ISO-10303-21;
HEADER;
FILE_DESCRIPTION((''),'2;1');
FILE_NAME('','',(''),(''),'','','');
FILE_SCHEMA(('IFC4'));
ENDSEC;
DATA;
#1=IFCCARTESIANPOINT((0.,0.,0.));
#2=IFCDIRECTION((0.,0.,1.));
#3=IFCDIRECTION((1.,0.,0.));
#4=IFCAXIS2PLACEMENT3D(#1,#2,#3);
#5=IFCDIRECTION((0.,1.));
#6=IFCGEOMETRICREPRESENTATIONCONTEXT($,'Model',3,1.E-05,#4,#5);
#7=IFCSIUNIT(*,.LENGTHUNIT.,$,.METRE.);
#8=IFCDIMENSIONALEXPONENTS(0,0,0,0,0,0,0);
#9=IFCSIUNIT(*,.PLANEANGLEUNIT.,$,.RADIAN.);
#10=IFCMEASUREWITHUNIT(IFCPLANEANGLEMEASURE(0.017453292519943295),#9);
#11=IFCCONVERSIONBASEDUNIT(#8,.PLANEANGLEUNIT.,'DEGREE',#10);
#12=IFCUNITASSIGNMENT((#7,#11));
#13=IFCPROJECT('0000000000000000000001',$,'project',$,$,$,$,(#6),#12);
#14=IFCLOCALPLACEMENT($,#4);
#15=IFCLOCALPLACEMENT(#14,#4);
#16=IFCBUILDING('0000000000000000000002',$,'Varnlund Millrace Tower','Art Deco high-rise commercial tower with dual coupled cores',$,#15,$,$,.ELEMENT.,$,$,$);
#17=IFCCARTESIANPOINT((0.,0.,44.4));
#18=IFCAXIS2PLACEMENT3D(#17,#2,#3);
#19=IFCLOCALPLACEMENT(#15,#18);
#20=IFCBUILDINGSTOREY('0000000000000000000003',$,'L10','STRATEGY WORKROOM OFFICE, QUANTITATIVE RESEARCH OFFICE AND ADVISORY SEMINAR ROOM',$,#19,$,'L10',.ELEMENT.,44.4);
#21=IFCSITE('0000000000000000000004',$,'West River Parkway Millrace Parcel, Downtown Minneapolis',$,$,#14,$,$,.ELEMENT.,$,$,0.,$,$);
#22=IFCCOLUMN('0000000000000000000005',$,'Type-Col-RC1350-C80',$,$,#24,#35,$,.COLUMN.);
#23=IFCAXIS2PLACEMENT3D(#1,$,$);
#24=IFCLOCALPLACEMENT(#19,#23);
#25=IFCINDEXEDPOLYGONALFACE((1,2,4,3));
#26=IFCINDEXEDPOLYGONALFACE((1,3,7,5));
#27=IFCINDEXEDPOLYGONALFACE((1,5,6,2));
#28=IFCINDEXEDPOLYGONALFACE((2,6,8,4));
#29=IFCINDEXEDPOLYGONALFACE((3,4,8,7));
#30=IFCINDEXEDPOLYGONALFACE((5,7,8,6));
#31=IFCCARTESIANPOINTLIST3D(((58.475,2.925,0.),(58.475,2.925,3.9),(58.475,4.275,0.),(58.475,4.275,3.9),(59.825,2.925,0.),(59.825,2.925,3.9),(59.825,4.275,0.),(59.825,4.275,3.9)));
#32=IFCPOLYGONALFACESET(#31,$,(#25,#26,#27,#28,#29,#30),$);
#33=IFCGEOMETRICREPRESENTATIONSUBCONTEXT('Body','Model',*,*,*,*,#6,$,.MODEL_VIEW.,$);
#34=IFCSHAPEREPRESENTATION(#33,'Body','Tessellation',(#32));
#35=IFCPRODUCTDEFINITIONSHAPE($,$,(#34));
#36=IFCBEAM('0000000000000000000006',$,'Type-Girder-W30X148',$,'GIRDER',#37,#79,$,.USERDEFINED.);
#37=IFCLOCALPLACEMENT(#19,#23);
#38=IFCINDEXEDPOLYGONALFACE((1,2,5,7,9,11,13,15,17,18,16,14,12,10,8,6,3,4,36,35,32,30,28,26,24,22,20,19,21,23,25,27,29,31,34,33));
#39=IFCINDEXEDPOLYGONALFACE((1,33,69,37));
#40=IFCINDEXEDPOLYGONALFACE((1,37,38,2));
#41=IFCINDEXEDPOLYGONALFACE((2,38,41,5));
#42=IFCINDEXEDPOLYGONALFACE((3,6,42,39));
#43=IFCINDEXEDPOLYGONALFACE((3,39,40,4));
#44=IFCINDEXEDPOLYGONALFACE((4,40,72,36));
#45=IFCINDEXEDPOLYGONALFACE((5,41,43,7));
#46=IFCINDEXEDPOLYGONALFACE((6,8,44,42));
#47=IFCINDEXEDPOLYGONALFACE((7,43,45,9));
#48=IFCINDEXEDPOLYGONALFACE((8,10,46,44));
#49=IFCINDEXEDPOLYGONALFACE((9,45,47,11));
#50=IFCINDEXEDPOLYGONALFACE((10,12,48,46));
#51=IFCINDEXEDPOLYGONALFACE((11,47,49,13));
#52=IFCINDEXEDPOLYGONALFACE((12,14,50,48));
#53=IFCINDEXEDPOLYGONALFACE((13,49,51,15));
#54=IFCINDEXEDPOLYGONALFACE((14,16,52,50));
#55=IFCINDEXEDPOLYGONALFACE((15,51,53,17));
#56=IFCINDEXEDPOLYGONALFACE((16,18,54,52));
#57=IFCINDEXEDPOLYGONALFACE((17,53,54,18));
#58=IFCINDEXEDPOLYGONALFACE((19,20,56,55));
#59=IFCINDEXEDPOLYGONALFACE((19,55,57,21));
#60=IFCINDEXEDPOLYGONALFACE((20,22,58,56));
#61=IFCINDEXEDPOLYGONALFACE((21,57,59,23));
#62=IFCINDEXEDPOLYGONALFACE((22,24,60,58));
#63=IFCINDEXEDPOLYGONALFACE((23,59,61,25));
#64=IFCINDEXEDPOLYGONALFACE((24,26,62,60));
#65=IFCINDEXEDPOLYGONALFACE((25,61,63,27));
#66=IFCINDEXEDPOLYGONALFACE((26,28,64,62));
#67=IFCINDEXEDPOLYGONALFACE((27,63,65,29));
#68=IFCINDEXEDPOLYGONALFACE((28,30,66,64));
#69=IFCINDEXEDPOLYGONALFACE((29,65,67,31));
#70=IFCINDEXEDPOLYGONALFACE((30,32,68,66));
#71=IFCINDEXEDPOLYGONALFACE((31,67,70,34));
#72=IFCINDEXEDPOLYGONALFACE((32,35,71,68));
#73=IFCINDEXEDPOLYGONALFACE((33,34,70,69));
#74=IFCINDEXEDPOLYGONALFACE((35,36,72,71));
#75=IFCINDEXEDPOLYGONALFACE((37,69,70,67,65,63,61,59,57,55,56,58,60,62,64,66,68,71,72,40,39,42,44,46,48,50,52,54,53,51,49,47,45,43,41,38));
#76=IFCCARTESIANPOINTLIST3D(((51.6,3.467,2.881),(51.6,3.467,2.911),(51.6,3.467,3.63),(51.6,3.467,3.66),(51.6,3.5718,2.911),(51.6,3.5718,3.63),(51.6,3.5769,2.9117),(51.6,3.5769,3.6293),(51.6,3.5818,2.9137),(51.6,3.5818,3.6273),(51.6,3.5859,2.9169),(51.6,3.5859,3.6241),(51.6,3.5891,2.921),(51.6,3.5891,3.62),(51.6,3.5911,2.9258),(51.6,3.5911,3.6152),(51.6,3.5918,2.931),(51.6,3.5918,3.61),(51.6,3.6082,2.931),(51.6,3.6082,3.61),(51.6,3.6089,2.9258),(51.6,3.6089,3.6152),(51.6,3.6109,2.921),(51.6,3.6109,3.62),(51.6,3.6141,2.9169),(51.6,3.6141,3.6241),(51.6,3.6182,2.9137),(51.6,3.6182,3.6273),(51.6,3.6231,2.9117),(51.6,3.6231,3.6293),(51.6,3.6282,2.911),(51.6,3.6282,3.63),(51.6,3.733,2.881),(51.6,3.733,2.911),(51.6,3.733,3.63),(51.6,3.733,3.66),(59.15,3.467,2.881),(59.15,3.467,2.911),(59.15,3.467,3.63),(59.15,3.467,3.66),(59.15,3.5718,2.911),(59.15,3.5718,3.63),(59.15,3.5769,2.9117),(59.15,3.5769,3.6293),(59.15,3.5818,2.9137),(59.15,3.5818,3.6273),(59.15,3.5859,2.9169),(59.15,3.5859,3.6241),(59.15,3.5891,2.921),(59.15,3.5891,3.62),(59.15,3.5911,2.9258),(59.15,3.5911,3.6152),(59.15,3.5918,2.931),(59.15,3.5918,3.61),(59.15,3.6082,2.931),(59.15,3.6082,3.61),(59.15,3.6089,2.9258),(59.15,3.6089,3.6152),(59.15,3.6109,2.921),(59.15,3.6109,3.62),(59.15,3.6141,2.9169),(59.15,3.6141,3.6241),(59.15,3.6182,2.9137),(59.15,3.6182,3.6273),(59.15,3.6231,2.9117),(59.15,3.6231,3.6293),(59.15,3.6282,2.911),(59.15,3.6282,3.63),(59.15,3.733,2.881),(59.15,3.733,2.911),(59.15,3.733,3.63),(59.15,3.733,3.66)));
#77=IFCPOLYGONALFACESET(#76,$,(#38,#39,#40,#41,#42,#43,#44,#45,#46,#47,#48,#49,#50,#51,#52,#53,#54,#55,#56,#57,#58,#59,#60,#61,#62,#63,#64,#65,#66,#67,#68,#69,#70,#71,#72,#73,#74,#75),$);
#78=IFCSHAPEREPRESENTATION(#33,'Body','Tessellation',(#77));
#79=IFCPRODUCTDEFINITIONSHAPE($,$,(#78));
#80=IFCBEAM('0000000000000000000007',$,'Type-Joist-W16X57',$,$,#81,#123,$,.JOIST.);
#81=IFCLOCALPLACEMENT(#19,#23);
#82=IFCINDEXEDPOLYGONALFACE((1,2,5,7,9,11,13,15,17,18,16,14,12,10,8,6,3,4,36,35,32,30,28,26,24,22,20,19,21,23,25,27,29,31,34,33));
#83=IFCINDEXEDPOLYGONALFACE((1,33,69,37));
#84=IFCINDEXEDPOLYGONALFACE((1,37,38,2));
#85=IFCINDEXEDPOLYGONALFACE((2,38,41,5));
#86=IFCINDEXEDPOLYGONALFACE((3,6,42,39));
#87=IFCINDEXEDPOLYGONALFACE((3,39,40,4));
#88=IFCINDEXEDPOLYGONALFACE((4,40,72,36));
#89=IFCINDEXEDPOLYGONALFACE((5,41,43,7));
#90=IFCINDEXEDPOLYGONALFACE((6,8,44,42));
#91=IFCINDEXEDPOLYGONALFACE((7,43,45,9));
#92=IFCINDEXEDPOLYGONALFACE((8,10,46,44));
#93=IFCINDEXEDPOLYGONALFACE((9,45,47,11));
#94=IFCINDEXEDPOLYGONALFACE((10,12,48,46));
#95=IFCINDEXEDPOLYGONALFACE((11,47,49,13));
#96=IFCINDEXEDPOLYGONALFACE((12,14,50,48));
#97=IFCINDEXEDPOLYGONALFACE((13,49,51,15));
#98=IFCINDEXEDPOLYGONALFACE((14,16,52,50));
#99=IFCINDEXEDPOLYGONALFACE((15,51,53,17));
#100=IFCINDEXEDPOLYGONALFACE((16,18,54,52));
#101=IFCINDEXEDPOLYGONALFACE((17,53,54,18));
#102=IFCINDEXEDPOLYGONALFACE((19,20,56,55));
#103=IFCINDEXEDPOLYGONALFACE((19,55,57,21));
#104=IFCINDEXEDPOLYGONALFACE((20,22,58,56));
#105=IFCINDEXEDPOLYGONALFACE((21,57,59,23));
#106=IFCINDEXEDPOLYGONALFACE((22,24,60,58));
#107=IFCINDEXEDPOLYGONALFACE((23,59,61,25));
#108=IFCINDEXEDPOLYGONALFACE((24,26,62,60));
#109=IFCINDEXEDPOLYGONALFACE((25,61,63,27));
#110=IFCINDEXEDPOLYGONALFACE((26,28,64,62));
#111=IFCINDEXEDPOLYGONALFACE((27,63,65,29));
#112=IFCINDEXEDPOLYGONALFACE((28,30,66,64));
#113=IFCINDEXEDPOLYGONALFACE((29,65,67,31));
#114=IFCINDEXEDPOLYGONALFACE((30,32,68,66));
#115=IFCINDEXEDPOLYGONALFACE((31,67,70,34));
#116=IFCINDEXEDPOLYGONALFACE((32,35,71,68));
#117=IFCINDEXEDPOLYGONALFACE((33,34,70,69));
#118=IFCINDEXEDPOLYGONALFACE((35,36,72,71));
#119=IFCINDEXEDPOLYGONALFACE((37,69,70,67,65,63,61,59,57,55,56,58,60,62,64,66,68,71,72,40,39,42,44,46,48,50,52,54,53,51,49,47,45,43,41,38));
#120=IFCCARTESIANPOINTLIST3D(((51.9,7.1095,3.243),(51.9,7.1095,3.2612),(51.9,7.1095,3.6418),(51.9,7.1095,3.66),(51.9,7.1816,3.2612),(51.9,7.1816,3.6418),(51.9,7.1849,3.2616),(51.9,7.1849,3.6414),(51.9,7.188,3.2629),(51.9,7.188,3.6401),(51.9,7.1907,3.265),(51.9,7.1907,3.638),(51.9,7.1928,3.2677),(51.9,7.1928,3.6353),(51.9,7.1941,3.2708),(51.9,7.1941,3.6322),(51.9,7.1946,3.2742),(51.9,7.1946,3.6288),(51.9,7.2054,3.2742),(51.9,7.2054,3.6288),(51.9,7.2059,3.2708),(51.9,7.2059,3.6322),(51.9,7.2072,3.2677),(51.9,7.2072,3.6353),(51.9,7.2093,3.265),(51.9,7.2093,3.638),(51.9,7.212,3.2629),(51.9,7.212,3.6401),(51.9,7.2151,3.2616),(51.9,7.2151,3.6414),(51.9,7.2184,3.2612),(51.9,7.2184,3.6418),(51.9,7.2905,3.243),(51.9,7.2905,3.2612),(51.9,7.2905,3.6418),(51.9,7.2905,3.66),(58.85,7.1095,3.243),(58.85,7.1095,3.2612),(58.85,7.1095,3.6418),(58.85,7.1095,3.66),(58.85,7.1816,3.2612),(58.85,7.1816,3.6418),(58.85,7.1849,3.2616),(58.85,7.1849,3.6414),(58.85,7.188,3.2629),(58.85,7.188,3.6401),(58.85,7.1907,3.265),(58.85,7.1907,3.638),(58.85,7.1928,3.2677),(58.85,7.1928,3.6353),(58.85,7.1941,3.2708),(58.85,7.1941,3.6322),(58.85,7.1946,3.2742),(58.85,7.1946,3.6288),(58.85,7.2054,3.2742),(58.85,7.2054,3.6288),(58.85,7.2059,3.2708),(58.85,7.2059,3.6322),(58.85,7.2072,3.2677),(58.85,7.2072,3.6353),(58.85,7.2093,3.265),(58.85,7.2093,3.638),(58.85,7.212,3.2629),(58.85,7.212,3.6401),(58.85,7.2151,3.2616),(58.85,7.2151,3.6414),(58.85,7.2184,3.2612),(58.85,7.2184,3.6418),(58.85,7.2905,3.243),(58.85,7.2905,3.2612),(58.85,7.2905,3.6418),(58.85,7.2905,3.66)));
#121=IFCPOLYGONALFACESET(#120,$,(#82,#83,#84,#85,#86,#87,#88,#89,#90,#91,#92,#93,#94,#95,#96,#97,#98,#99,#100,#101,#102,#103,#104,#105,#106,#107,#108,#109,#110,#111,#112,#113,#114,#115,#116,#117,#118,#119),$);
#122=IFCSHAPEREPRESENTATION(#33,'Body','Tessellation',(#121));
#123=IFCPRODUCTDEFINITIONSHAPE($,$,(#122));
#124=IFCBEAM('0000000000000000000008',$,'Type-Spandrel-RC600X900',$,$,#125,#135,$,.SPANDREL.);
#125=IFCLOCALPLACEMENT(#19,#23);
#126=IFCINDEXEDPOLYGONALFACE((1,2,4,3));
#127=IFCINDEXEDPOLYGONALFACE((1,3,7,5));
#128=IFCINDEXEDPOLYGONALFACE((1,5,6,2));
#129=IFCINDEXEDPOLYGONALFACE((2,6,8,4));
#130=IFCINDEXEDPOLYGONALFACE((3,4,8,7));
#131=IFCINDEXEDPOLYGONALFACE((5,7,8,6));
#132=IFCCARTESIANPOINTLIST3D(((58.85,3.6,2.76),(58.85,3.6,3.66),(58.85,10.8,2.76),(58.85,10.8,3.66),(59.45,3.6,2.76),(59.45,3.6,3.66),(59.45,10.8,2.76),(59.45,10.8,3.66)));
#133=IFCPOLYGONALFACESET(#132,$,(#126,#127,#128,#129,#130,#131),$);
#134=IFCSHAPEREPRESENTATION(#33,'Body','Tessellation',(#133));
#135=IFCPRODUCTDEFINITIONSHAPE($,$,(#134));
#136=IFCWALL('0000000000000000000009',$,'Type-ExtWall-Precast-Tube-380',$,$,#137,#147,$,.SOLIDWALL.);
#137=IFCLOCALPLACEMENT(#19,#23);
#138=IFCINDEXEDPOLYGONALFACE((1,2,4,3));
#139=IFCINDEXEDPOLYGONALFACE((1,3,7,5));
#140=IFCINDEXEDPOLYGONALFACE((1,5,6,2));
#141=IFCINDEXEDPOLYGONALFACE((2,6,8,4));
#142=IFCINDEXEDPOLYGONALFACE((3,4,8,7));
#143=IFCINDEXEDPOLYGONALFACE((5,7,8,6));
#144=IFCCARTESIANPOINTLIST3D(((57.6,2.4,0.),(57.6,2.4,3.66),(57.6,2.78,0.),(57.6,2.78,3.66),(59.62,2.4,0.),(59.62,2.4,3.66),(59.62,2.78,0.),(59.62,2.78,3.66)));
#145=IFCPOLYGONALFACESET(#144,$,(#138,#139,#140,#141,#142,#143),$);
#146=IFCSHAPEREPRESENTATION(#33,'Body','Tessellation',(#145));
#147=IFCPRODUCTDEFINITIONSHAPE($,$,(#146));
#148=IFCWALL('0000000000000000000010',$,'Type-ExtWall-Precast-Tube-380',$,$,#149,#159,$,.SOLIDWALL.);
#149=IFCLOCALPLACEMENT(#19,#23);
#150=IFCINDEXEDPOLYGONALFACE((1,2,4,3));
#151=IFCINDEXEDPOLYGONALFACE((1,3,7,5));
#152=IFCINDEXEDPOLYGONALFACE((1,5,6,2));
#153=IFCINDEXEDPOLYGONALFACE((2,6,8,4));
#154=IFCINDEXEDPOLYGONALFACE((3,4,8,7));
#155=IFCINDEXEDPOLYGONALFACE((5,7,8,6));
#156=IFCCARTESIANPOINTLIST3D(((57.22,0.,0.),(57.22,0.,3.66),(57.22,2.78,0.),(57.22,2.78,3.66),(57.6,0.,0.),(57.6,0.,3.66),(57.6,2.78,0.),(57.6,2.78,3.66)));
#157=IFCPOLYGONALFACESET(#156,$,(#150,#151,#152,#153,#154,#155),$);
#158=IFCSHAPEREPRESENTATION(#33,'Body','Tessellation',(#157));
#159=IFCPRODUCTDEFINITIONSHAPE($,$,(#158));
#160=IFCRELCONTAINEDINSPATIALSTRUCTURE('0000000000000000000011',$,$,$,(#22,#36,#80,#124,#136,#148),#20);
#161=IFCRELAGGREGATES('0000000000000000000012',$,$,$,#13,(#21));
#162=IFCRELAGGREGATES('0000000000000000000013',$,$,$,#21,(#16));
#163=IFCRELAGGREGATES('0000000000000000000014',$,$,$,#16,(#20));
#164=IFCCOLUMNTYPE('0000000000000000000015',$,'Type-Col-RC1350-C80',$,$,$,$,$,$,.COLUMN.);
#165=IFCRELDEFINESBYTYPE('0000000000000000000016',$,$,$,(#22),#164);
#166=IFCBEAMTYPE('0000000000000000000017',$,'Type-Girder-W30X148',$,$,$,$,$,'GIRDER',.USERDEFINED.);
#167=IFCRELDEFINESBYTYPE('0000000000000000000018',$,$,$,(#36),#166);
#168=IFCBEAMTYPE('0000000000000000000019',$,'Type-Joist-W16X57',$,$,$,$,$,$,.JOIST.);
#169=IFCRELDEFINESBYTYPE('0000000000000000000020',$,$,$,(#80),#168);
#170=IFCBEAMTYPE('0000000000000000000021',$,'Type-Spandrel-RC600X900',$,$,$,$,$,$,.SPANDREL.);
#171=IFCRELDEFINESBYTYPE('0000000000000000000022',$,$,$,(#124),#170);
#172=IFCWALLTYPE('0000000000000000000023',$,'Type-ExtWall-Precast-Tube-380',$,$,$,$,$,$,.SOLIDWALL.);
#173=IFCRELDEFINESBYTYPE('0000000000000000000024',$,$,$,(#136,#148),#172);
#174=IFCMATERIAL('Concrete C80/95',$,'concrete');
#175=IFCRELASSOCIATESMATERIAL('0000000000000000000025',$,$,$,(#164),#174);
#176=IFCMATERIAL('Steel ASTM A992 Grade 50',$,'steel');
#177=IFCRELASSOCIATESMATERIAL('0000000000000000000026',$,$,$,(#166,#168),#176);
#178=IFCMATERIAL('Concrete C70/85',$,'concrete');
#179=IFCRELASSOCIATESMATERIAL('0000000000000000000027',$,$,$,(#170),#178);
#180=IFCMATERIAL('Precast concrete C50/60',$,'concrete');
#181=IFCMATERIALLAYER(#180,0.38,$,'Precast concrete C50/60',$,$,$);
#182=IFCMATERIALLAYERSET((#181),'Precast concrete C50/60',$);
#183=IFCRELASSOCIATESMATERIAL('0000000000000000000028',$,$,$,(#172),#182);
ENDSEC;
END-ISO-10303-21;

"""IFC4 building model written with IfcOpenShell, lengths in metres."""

from ifc_helpers import new_model, entity, si_unit, converted_unit, direction, frame, origin_with_axes, origin_2d_with_axis, place, context, subcontext, project, spatial, polyline, rectangle, i_section, outline, extrude, material, layer, layer_set, material_profile, profile_set, type_object, element, save


model = new_model("IFC4")

# Units and contexts
model_context = context("Model", 3, precision=1e-05, world=origin_with_axes(), true_north=direction((0.0, 1.0)))
body_context = subcontext(model_context, "Body", "Model", "MODEL_VIEW")
ifc_project = project(units=[si_unit("LENGTHUNIT", "METRE"), converted_unit("PLANEANGLEUNIT", "DEGREE", entity("IfcPlaneAngleMeasure", 0.017453292519943295), si_unit("PLANEANGLEUNIT", "RADIAN"), dimensions=[0, 0, 0, 0, 0, 0, 0])], contexts=[model_context])

# Site, building, storey
site_placement = place(None, origin_with_axes())
site = spatial("IfcSite", under=ifc_project, at=site_placement, Name="West River Parkway Millrace Parcel, Downtown Minneapolis", CompositionType="ELEMENT", RefElevation=0.0)
building_placement = place(site_placement, origin_with_axes())
building = spatial("IfcBuilding", under=site, at=building_placement, Name="Varnlund Millrace Tower", Description="Art Deco high-rise commercial tower with dual coupled cores", CompositionType="ELEMENT")
storey_placement = place(building_placement, frame((0.0, 0.0, 44.4), z_axis=(0.0, 0.0, 1.0), x_axis=(1.0, 0.0, 0.0)))
storey = spatial("IfcBuildingStorey", under=building, at=storey_placement, Name="L10", Description="STRATEGY WORKROOM OFFICE, QUANTITATIVE RESEARCH OFFICE AND ADVISORY SEMINAR ROOM", LongName="L10", CompositionType="ELEMENT", Elevation=44.4)

# Column
ifc_material_1 = material(Name="Concrete C80/95", Category="concrete")
ifc_material_profile_1 = material_profile(ifc_material_1, rectangle(XDim=1.35, YDim=1.35, at=origin_2d_with_axis()), Name="Concrete C80/95")
ifc_profile_set_1 = profile_set([ifc_material_profile_1], Name="Concrete C80/95")
column_type = type_object("IfcColumnType", Name="Type-Col-RC1350-C80", PredefinedType="COLUMN", material=ifc_profile_set_1)
column_placement = place(storey_placement, frame((59.15, 3.6, 0.0), z_axis=(0.0, 0.0, 1.0), x_axis=(1.0, 0.0, 0.0)))
element("IfcColumn", 1, at=column_placement, inside=storey, type_object=column_type, Name="Type-Col-RC1350-C80", PredefinedType="COLUMN", context=body_context, shape_type="SweptSolid", body=[
    extrude(rectangle(XDim=1.35, YDim=1.35, at=origin_2d_with_axis()), origin_with_axes(), (0.0, 0.0, 1.0), 3.9),
])

# Beams
ifc_material_2 = material(Name="Steel ASTM A992 Grade 50", Category="steel")
ifc_material_profile_2 = material_profile(ifc_material_2, i_section(OverallWidth=0.266, OverallDepth=0.779, WebThickness=0.0165, FlangeThickness=0.03, FilletRadius=0.02, at=origin_2d_with_axis()), Name="Steel ASTM A992 Grade 50")
ifc_profile_set_2 = profile_set([ifc_material_profile_2], Name="Steel ASTM A992 Grade 50")
beam_type_1 = type_object("IfcBeamType", Name="Type-Girder-W30X148", ElementType="GIRDER", PredefinedType="USERDEFINED", material=ifc_profile_set_2)
beam_1_placement = place(storey_placement, frame((51.6, 3.6, 3.2705), z_axis=(1.0, 0.0, 0.0), x_axis=(0.0, 1.0, 0.0)))
element("IfcBeam", 2, at=beam_1_placement, inside=storey, type_object=beam_type_1, Name="Type-Girder-W30X148", ObjectType="GIRDER", PredefinedType="USERDEFINED", context=body_context, shape_type="SweptSolid", body=[
    extrude(i_section(OverallWidth=0.266, OverallDepth=0.779, WebThickness=0.0165, FlangeThickness=0.03, FilletRadius=0.02, at=origin_2d_with_axis()), origin_with_axes(), (0.0, 0.0, 1.0), 7.55),
])
ifc_material_profile_3 = material_profile(ifc_material_2, i_section(OverallWidth=0.181, OverallDepth=0.417, WebThickness=0.0109, FlangeThickness=0.0182, FilletRadius=0.013, at=origin_2d_with_axis()), Name="Steel ASTM A992 Grade 50")
ifc_profile_set_3 = profile_set([ifc_material_profile_3], Name="Steel ASTM A992 Grade 50")
beam_type_2 = type_object("IfcBeamType", Name="Type-Joist-W16X57", PredefinedType="JOIST", material=ifc_profile_set_3)
beam_2_placement = place(storey_placement, frame((51.9, 7.2, 3.4515), z_axis=(1.0, 0.0, 0.0), x_axis=(0.0, 1.0, 0.0)))
element("IfcBeam", 3, at=beam_2_placement, inside=storey, type_object=beam_type_2, Name="Type-Joist-W16X57", PredefinedType="JOIST", context=body_context, shape_type="SweptSolid", body=[
    extrude(i_section(OverallWidth=0.181, OverallDepth=0.417, WebThickness=0.0109, FlangeThickness=0.0182, FilletRadius=0.013, at=origin_2d_with_axis()), origin_with_axes(), (0.0, 0.0, 1.0), 6.95),
])
ifc_material_3 = material(Name="Concrete C70/85", Category="concrete")
ifc_material_profile_4 = material_profile(ifc_material_3, rectangle(XDim=0.6, YDim=0.9, at=origin_2d_with_axis()), Name="Concrete C70/85")
ifc_profile_set_4 = profile_set([ifc_material_profile_4], Name="Concrete C70/85")
beam_type_3 = type_object("IfcBeamType", Name="Type-Spandrel-RC600X900", PredefinedType="SPANDREL", material=ifc_profile_set_4)
beam_3_placement = place(storey_placement, frame((59.15, 3.6, 3.21), z_axis=(0.0, 1.0, 0.0), x_axis=(-1.0, 0.0, 0.0)))
element("IfcBeam", 4, at=beam_3_placement, inside=storey, type_object=beam_type_3, Name="Type-Spandrel-RC600X900", PredefinedType="SPANDREL", context=body_context, shape_type="SweptSolid", body=[
    extrude(rectangle(XDim=0.6, YDim=0.9, at=origin_2d_with_axis()), origin_with_axes(), (0.0, 0.0, 1.0), 7.2),
])

# Walls
ifc_material_4 = material(Name="Precast concrete C50/60", Category="concrete")
ifc_layer_1 = layer(ifc_material_4, 0.38, Name="Precast concrete C50/60")
ifc_layer_set_1 = layer_set([ifc_layer_1], Name="Precast concrete C50/60")
wall_type_1 = type_object("IfcWallType", Name="Type-ExtWall-Precast-Tube-380", PredefinedType="SOLIDWALL", material=ifc_layer_set_1)
wall_1_placement = place(storey_placement, frame((59.62, 2.59, 0.0), z_axis=(0.0, 0.0, 1.0), x_axis=(-1.0, 0.0, 0.0)))
element("IfcWall", 5, at=wall_1_placement, inside=storey, type_object=wall_type_1, Name="Type-ExtWall-Precast-Tube-380", PredefinedType="SOLIDWALL", context=body_context, shape_type="SweptSolid", body=[
    extrude(outline(polyline([(0.0, -0.19), (2.02, -0.19), (2.02, 0.19), (0.0, 0.19), (0.0, -0.19)])), origin_with_axes(), (0.0, 0.0, 1.0), 3.66),
])
wall_2_placement = place(storey_placement, frame((57.41, 2.78, 0.0), z_axis=(0.0, 0.0, 1.0), x_axis=(0.0, -1.0, 0.0)))
element("IfcWall", 6, at=wall_2_placement, inside=storey, type_object=wall_type_1, Name="Type-ExtWall-Precast-Tube-380", PredefinedType="SOLIDWALL", context=body_context, shape_type="SweptSolid", body=[
    extrude(outline(polyline([(0.0, -0.19), (2.78, -0.19), (2.78, 0.19), (0.0, 0.19), (0.0, -0.19)])), origin_with_axes(), (0.0, 0.0, 1.0), 3.66),
])

save(model, "model.ifc")
